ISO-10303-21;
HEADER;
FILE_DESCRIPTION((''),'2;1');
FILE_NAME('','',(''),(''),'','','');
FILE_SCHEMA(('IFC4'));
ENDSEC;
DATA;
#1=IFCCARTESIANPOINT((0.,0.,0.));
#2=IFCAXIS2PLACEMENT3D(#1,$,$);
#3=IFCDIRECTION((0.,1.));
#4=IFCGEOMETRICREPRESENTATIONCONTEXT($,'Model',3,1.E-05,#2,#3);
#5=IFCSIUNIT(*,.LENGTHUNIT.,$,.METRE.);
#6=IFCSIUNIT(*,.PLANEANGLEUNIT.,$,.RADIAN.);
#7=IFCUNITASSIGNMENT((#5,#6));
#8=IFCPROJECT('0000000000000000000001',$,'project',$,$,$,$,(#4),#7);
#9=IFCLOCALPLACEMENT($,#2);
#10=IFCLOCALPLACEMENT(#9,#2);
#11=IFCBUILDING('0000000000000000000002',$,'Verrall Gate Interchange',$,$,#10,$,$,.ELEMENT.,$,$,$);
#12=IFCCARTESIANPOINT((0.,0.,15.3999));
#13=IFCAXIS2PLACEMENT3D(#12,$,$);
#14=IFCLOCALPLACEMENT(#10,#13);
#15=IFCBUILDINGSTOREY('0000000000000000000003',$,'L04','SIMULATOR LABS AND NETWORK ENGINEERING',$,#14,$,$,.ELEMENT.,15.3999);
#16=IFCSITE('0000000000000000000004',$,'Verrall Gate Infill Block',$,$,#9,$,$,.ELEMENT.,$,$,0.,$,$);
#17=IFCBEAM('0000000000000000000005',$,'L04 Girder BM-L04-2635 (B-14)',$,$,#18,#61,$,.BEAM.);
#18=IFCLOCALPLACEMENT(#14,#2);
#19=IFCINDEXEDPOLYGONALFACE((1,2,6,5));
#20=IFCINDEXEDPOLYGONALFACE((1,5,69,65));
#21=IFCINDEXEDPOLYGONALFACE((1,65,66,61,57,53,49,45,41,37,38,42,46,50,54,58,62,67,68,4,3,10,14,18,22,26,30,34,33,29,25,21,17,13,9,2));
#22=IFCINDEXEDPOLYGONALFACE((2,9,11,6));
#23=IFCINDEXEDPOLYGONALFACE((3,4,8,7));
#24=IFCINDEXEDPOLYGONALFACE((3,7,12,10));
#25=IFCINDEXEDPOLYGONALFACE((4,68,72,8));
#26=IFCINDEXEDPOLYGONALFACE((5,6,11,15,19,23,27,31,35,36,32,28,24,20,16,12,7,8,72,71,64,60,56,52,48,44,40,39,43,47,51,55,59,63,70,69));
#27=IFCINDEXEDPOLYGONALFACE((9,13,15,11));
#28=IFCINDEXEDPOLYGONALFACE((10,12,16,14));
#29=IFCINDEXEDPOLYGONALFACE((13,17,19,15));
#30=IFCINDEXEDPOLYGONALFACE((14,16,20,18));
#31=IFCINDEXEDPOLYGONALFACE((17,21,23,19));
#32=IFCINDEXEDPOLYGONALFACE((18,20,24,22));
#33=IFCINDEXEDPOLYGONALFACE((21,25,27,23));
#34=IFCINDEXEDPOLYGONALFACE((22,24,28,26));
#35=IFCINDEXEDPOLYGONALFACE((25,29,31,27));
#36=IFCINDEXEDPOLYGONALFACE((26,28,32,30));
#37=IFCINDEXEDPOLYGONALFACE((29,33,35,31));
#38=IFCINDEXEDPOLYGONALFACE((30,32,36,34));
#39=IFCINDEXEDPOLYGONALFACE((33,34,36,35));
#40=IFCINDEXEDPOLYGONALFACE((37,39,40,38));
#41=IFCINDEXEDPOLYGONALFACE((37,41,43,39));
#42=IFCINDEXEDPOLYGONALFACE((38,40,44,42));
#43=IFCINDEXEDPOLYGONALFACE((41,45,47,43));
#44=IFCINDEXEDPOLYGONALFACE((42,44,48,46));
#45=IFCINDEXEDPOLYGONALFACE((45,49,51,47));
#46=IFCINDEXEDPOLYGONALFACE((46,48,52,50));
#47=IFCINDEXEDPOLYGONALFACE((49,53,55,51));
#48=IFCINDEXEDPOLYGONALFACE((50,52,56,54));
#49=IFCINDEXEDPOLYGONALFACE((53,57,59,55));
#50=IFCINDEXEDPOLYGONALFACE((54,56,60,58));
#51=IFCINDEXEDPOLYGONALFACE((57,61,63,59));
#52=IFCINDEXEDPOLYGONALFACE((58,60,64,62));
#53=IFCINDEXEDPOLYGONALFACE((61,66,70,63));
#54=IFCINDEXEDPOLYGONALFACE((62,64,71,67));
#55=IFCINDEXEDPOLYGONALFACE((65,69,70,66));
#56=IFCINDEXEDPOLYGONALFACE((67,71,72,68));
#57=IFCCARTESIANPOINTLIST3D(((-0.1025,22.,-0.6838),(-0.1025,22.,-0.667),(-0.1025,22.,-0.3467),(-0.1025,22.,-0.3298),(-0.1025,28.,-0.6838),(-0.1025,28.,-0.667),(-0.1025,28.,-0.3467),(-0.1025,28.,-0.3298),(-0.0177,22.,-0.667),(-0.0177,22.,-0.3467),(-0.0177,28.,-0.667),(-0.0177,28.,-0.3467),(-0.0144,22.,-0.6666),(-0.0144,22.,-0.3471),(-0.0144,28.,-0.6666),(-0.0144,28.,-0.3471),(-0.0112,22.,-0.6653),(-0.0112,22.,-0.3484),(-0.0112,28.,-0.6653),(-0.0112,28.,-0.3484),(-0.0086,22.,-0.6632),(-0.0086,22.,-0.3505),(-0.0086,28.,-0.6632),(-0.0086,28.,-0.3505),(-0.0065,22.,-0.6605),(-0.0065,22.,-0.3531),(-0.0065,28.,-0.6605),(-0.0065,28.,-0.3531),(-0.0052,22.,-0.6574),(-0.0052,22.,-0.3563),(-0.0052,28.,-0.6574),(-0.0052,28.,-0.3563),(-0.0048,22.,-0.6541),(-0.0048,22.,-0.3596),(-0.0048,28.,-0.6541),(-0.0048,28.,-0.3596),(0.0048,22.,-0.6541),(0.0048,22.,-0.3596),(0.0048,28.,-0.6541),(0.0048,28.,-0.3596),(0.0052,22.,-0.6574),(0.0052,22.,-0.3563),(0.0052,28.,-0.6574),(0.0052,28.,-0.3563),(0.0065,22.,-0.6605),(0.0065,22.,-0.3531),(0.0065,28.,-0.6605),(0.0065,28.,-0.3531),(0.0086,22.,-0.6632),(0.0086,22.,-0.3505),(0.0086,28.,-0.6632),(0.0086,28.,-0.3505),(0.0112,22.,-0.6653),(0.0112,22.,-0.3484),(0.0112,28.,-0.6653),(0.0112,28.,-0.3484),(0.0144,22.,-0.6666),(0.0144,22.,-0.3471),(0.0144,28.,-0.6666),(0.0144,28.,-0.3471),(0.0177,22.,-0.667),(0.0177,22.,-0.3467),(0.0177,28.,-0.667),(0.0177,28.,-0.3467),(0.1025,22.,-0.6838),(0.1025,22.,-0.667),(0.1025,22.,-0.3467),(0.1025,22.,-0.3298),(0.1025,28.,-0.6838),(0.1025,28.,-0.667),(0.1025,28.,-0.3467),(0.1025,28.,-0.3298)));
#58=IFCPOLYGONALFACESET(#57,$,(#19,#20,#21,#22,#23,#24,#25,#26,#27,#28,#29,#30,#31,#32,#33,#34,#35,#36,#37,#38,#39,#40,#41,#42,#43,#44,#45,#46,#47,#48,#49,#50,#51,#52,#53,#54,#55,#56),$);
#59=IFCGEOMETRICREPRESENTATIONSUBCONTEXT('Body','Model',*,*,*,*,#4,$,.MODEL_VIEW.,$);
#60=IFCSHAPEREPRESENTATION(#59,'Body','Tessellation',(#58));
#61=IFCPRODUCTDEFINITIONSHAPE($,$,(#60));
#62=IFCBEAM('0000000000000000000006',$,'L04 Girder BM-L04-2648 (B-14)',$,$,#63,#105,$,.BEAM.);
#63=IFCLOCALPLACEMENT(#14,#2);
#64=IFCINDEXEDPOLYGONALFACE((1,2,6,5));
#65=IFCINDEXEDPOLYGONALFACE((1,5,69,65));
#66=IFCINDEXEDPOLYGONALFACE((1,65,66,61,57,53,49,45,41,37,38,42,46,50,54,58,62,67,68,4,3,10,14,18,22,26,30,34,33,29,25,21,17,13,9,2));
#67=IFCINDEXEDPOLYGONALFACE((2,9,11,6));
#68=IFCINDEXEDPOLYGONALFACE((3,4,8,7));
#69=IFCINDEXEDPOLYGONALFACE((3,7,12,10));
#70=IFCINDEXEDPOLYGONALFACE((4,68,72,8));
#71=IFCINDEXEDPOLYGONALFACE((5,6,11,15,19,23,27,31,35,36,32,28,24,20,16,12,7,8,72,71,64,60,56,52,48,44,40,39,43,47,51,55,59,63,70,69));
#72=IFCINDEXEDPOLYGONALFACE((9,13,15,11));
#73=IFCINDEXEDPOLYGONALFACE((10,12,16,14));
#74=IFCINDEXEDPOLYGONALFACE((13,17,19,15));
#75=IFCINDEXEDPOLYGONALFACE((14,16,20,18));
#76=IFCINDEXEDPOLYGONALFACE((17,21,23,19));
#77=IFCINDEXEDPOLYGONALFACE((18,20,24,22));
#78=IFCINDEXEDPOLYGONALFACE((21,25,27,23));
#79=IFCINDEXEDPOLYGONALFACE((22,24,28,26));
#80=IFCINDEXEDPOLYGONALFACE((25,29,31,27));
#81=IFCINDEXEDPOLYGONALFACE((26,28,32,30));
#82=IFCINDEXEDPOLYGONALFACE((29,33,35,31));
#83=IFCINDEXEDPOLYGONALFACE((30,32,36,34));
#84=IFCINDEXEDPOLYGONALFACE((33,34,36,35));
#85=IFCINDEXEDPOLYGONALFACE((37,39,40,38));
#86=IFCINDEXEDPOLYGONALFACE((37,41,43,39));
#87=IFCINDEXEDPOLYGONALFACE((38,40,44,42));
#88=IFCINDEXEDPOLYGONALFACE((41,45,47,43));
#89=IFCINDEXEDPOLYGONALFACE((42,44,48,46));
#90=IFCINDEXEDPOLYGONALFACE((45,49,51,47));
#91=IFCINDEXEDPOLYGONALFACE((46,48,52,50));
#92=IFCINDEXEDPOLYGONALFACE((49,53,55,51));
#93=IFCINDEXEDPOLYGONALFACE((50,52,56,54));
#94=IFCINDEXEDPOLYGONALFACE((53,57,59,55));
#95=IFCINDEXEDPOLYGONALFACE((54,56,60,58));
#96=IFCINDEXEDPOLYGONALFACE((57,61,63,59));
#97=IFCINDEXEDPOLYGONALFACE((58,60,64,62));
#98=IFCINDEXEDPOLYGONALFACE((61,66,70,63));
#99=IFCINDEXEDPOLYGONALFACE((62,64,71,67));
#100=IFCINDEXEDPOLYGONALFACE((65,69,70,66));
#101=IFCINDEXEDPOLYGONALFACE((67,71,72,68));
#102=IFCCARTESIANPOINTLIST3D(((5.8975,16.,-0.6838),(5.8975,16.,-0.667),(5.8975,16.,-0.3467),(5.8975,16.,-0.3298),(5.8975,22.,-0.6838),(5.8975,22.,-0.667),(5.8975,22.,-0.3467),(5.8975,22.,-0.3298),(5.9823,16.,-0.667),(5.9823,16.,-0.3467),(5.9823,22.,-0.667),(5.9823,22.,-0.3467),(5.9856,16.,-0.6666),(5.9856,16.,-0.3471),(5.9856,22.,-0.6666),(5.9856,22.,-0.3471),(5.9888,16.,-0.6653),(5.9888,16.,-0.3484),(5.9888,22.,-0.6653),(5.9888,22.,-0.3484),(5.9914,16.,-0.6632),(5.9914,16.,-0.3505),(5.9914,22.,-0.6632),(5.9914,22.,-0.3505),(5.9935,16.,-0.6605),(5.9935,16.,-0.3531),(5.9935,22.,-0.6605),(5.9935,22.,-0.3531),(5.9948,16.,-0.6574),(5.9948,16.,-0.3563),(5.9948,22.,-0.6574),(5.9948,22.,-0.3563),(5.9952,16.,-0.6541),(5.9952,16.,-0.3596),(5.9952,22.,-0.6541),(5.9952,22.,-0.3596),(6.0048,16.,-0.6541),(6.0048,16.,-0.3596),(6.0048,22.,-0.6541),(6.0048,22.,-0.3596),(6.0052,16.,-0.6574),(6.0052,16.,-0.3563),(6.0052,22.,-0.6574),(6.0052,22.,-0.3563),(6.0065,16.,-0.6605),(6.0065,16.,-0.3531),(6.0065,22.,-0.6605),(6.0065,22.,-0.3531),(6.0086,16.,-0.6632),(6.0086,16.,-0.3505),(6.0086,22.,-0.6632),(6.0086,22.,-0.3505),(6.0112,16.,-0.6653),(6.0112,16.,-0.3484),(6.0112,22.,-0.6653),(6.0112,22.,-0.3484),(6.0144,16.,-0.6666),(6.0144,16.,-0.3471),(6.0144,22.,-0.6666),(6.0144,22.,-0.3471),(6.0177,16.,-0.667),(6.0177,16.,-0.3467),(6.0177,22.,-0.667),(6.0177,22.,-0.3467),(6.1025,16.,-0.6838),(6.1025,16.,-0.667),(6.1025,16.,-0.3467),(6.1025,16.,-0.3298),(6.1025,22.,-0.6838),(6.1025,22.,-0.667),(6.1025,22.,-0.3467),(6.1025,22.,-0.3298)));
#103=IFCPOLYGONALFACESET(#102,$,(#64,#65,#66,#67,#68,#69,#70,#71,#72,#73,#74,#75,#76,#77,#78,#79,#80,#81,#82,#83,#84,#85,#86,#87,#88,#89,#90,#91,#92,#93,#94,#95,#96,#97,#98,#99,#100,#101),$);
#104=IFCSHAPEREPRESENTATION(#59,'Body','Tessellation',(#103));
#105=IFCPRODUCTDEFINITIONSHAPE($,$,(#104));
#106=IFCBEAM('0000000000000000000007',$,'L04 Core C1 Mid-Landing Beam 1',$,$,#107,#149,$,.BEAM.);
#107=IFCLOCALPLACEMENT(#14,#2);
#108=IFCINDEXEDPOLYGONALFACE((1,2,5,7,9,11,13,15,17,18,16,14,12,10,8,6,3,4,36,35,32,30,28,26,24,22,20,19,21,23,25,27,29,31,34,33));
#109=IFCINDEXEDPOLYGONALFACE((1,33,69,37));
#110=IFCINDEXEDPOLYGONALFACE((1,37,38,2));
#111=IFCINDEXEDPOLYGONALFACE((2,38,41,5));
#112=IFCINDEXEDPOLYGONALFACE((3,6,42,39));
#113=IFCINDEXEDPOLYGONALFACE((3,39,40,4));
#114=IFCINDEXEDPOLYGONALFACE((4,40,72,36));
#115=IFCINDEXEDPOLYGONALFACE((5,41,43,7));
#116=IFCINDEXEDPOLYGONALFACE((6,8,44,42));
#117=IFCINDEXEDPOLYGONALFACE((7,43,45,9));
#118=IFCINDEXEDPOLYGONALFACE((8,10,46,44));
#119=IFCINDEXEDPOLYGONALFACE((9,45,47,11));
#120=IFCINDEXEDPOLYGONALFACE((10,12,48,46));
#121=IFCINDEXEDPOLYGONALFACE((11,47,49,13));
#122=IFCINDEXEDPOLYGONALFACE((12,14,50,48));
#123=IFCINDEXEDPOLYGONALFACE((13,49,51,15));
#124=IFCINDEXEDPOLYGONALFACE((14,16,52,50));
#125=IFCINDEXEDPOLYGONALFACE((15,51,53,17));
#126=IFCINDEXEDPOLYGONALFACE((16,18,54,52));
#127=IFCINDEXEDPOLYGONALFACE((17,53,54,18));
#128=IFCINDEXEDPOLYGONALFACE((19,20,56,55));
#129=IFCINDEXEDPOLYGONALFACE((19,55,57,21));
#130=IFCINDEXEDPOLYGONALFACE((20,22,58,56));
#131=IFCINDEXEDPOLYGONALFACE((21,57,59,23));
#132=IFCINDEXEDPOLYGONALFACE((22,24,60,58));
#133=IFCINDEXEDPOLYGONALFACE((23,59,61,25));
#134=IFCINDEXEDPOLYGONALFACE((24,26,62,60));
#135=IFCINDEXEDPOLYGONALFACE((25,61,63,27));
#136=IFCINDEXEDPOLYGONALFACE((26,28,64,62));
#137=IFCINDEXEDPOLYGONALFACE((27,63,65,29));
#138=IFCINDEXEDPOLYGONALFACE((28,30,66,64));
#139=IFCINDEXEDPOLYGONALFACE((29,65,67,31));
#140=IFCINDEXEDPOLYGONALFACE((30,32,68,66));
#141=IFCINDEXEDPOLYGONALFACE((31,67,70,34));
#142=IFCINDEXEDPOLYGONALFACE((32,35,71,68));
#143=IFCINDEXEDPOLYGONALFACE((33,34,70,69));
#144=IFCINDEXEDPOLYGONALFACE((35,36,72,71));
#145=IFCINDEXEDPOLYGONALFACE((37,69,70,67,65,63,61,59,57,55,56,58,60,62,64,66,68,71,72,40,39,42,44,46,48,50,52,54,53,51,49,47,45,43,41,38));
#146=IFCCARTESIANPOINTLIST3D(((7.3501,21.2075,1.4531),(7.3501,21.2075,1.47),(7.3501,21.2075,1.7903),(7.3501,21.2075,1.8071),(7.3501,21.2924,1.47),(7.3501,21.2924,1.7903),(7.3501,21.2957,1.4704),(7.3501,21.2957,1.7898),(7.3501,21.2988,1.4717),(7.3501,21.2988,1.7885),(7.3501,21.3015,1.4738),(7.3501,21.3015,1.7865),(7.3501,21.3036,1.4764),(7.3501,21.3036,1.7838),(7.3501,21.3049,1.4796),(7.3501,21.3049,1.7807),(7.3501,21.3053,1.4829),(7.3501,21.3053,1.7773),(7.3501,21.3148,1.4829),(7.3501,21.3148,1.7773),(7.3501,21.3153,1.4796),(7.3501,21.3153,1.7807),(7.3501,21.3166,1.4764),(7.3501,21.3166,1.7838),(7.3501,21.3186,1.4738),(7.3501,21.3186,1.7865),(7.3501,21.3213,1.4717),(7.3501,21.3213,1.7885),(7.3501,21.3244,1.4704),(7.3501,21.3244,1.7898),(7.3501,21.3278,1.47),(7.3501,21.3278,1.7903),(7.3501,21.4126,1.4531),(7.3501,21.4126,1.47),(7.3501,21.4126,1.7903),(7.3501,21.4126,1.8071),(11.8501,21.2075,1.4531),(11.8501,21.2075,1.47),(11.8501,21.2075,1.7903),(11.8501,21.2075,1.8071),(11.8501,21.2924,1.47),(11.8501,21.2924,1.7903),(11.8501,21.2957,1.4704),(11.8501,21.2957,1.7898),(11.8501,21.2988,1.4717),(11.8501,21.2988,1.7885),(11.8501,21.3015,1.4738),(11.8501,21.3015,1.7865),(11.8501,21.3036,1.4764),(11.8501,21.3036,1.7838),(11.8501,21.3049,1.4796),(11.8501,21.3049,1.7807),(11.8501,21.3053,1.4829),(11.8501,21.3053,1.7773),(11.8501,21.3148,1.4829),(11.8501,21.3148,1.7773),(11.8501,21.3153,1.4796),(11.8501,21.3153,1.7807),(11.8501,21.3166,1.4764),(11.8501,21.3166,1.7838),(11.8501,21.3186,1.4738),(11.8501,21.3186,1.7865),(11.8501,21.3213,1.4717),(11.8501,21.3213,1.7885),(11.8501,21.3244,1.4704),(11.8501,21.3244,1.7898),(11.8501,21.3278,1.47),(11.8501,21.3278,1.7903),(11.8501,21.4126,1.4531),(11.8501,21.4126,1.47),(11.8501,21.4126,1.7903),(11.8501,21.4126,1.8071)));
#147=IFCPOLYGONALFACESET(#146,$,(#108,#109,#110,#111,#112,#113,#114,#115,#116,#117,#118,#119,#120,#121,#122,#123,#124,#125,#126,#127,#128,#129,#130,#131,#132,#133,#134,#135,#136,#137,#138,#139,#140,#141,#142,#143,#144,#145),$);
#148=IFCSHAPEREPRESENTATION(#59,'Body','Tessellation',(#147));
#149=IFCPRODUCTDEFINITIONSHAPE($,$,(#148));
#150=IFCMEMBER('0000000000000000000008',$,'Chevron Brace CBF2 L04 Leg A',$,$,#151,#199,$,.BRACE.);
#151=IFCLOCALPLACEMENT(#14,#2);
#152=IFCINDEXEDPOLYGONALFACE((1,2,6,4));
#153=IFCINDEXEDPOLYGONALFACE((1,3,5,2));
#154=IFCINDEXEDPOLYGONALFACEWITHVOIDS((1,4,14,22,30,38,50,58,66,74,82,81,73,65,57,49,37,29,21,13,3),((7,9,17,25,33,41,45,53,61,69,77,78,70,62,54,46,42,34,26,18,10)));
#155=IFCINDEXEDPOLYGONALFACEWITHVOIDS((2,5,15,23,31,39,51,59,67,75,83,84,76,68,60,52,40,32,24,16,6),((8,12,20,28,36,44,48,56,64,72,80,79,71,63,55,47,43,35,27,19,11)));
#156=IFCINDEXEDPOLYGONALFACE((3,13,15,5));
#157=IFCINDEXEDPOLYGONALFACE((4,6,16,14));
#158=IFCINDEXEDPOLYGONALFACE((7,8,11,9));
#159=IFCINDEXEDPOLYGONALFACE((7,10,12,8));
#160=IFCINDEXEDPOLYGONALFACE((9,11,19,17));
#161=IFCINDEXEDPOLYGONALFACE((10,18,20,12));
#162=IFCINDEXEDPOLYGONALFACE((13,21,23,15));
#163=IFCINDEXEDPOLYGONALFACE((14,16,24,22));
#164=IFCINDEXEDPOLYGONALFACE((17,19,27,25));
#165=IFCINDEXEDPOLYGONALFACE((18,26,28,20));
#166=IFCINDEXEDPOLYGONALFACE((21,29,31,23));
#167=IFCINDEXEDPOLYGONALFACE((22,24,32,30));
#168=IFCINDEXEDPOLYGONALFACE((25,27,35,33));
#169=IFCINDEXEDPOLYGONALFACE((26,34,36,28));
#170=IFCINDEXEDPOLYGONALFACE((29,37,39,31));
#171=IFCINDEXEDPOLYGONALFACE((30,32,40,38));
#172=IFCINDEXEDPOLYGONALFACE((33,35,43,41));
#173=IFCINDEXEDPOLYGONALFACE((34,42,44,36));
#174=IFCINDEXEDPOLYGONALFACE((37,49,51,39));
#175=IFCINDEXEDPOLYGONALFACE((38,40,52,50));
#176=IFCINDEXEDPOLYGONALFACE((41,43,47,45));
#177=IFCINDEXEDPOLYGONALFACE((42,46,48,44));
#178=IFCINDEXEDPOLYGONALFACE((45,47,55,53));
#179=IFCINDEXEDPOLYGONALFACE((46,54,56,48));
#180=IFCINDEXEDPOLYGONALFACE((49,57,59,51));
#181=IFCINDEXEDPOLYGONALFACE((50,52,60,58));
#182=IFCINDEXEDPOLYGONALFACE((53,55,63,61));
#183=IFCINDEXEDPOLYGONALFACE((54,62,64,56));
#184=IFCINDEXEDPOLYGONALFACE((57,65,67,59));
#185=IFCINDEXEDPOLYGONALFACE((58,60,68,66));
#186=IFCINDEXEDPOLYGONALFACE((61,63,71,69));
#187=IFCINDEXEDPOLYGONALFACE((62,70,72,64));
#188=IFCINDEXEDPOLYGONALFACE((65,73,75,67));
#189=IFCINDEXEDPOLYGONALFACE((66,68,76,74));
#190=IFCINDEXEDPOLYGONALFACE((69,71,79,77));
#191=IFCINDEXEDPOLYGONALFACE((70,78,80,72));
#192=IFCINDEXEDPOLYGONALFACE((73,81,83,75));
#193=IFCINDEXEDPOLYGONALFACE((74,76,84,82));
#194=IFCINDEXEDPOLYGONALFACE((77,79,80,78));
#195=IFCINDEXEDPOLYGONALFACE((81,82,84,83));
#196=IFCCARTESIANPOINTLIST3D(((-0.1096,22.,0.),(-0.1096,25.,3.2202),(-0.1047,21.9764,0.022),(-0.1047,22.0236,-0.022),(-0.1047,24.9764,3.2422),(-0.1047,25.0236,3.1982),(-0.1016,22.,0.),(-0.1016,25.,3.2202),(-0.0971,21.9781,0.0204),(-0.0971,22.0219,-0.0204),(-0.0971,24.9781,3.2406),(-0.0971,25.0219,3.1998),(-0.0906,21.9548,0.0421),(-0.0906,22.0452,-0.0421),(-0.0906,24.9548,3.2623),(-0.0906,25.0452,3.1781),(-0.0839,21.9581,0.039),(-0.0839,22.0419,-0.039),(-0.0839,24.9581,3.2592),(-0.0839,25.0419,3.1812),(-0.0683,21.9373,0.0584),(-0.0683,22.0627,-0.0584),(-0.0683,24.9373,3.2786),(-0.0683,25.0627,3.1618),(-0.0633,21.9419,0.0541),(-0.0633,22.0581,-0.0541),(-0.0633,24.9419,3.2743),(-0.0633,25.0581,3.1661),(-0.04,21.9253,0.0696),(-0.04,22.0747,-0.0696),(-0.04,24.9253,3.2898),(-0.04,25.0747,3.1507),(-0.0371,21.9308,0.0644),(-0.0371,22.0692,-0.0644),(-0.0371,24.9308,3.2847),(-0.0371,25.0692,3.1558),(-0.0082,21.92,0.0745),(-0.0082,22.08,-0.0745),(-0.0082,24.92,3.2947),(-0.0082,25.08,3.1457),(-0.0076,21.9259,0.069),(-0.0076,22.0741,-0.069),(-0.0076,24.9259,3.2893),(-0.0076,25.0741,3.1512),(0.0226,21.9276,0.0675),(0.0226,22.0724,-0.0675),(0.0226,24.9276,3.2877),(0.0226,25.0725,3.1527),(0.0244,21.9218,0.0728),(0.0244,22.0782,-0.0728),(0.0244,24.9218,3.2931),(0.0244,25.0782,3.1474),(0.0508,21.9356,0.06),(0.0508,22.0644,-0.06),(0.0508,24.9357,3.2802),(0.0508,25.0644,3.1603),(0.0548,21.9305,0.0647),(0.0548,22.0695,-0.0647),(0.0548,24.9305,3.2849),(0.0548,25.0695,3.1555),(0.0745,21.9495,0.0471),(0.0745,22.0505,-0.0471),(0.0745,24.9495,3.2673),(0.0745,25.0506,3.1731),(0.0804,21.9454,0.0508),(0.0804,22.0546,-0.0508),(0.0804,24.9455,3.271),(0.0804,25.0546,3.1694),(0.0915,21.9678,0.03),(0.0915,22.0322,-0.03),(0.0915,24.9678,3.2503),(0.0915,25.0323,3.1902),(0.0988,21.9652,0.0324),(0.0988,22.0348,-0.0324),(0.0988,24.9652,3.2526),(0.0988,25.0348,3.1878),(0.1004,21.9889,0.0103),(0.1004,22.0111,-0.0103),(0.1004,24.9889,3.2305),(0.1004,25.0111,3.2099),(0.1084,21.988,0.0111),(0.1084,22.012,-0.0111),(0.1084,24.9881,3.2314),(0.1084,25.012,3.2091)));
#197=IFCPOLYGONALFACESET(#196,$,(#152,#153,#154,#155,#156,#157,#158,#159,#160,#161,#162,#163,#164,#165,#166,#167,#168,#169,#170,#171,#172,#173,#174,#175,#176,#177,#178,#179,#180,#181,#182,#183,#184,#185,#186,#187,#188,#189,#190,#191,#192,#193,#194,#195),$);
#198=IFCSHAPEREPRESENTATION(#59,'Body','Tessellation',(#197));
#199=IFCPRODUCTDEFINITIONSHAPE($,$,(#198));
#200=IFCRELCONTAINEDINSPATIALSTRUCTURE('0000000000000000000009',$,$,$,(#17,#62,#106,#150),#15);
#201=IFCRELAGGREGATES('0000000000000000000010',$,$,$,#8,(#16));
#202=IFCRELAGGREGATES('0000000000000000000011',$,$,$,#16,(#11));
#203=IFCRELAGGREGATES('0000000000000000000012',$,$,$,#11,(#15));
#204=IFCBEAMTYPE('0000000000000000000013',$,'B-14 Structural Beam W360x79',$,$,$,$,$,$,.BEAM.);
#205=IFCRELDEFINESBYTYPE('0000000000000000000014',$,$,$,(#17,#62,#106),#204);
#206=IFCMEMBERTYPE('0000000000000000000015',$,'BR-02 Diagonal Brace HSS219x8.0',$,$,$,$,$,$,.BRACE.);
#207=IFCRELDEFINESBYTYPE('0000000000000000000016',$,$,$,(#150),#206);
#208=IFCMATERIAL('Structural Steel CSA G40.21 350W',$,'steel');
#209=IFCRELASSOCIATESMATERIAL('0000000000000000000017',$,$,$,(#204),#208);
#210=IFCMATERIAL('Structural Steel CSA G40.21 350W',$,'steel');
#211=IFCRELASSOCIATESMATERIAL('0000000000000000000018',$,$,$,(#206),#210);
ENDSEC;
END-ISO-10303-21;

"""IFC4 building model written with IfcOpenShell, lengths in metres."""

from ifc_helpers import new_model, si_unit, direction, frame, origin, origin_2d, place, context, subcontext, project, spatial, hollow_circle, i_section, extrude, material, material_profile, profile_set, type_object, element, save


model = new_model("IFC4")

# Units and contexts
model_context = context("Model", 3, precision=1e-05, world=origin(), true_north=direction((0.0, 1.0)))
body_context = subcontext(model_context, "Body", "Model", "MODEL_VIEW")
ifc_project = project(units=[si_unit("LENGTHUNIT", "METRE"), si_unit("PLANEANGLEUNIT", "RADIAN")], contexts=[model_context])

# Site, building, storey
site_placement = place(None, origin())
site = spatial("IfcSite", under=ifc_project, at=site_placement, Name="Verrall Gate Infill Block", CompositionType="ELEMENT", RefElevation=0.0)
building_placement = place(site_placement, origin())
building = spatial("IfcBuilding", under=site, at=building_placement, Name="Verrall Gate Interchange", CompositionType="ELEMENT")
storey_placement = place(building_placement, frame((0.0, 0.0, 15.3999)))
storey = spatial("IfcBuildingStorey", under=building, at=storey_placement, Name="L04", Description="SIMULATOR LABS AND NETWORK ENGINEERING", CompositionType="ELEMENT", Elevation=15.3999)

# Beams
ifc_material_1 = material(Name="Structural Steel CSA G40.21 350W", Category="steel")
ifc_material_profile_1 = material_profile(ifc_material_1, i_section(OverallWidth=0.2051, OverallDepth=0.354, WebThickness=0.0095, FlangeThickness=0.0168, FilletRadius=0.0129, at=origin_2d()), Name="W360x79")
ifc_profile_set_1 = profile_set([ifc_material_profile_1], Name="Structural Steel CSA G40.21 350W")
beam_type_1 = type_object("IfcBeamType", Name="B-14 Structural Beam W360x79", PredefinedType="BEAM", material=ifc_profile_set_1)
for number, where, z_axis, x_axis, name in (
    (1, (0.0, 22.0, -0.5068), (0.0, 1.0, 0.0), (-1.0, 0.0, 0.0), "L04 Girder BM-L04-2635 (B-14)"),
    (2, (6.0, 16.0, -0.5068), (0.0, 1.0, 0.0), (-1.0, 0.0, 0.0), "L04 Girder BM-L04-2648 (B-14)"),
):
    element("IfcBeam", number, at=place(storey_placement, frame(where, z_axis=z_axis, x_axis=x_axis)), inside=storey, type_object=beam_type_1, Name=name, PredefinedType="BEAM", context=body_context, shape_type="SweptSolid", body=[
        extrude(i_section(OverallWidth=0.2051, OverallDepth=0.354, WebThickness=0.0095, FlangeThickness=0.0168, FilletRadius=0.0129, at=origin_2d()), origin(), (0.0, 0.0, 1.0), 6.0),
    ])
beam_1_placement = place(storey_placement, frame((7.3501, 21.3101, 1.6301), z_axis=(1.0, 0.0, 0.0), x_axis=(0.0, 1.0, 0.0)))
element("IfcBeam", 3, at=beam_1_placement, inside=storey, type_object=beam_type_1, Name="L04 Core C1 Mid-Landing Beam 1", PredefinedType="BEAM", context=body_context, shape_type="SweptSolid", body=[
    extrude(i_section(OverallWidth=0.2051, OverallDepth=0.354, WebThickness=0.0095, FlangeThickness=0.0168, FilletRadius=0.0129, at=origin_2d()), origin(), (0.0, 0.0, 1.0), 4.5),
])

# Member
ifc_material_2 = material(Name="Structural Steel CSA G40.21 350W", Category="steel")
ifc_material_profile_2 = material_profile(ifc_material_2, hollow_circle(Radius=0.1096, WallThickness=0.0081, at=origin_2d()), Name="HSS219x8.0")
ifc_profile_set_2 = profile_set([ifc_material_profile_2], Name="Structural Steel CSA G40.21 350W")
member_type = type_object("IfcMemberType", Name="BR-02 Diagonal Brace HSS219x8.0", PredefinedType="BRACE", material=ifc_profile_set_2)
member_placement = place(storey_placement, frame((0.0, 22.0, 0.0), z_axis=(0.0, 0.681646, 0.731682), x_axis=(-1.0, 0.0, 0.0)))
element("IfcMember", 4, at=member_placement, inside=storey, type_object=member_type, Name="Chevron Brace CBF2 L04 Leg A", PredefinedType="BRACE", context=body_context, shape_type="SweptSolid", body=[
    extrude(hollow_circle(Radius=0.1096, WallThickness=0.0081, at=origin_2d()), origin(), (0.0, 0.0, 1.0), 4.4011),
])

save(model, "model.ifc")
